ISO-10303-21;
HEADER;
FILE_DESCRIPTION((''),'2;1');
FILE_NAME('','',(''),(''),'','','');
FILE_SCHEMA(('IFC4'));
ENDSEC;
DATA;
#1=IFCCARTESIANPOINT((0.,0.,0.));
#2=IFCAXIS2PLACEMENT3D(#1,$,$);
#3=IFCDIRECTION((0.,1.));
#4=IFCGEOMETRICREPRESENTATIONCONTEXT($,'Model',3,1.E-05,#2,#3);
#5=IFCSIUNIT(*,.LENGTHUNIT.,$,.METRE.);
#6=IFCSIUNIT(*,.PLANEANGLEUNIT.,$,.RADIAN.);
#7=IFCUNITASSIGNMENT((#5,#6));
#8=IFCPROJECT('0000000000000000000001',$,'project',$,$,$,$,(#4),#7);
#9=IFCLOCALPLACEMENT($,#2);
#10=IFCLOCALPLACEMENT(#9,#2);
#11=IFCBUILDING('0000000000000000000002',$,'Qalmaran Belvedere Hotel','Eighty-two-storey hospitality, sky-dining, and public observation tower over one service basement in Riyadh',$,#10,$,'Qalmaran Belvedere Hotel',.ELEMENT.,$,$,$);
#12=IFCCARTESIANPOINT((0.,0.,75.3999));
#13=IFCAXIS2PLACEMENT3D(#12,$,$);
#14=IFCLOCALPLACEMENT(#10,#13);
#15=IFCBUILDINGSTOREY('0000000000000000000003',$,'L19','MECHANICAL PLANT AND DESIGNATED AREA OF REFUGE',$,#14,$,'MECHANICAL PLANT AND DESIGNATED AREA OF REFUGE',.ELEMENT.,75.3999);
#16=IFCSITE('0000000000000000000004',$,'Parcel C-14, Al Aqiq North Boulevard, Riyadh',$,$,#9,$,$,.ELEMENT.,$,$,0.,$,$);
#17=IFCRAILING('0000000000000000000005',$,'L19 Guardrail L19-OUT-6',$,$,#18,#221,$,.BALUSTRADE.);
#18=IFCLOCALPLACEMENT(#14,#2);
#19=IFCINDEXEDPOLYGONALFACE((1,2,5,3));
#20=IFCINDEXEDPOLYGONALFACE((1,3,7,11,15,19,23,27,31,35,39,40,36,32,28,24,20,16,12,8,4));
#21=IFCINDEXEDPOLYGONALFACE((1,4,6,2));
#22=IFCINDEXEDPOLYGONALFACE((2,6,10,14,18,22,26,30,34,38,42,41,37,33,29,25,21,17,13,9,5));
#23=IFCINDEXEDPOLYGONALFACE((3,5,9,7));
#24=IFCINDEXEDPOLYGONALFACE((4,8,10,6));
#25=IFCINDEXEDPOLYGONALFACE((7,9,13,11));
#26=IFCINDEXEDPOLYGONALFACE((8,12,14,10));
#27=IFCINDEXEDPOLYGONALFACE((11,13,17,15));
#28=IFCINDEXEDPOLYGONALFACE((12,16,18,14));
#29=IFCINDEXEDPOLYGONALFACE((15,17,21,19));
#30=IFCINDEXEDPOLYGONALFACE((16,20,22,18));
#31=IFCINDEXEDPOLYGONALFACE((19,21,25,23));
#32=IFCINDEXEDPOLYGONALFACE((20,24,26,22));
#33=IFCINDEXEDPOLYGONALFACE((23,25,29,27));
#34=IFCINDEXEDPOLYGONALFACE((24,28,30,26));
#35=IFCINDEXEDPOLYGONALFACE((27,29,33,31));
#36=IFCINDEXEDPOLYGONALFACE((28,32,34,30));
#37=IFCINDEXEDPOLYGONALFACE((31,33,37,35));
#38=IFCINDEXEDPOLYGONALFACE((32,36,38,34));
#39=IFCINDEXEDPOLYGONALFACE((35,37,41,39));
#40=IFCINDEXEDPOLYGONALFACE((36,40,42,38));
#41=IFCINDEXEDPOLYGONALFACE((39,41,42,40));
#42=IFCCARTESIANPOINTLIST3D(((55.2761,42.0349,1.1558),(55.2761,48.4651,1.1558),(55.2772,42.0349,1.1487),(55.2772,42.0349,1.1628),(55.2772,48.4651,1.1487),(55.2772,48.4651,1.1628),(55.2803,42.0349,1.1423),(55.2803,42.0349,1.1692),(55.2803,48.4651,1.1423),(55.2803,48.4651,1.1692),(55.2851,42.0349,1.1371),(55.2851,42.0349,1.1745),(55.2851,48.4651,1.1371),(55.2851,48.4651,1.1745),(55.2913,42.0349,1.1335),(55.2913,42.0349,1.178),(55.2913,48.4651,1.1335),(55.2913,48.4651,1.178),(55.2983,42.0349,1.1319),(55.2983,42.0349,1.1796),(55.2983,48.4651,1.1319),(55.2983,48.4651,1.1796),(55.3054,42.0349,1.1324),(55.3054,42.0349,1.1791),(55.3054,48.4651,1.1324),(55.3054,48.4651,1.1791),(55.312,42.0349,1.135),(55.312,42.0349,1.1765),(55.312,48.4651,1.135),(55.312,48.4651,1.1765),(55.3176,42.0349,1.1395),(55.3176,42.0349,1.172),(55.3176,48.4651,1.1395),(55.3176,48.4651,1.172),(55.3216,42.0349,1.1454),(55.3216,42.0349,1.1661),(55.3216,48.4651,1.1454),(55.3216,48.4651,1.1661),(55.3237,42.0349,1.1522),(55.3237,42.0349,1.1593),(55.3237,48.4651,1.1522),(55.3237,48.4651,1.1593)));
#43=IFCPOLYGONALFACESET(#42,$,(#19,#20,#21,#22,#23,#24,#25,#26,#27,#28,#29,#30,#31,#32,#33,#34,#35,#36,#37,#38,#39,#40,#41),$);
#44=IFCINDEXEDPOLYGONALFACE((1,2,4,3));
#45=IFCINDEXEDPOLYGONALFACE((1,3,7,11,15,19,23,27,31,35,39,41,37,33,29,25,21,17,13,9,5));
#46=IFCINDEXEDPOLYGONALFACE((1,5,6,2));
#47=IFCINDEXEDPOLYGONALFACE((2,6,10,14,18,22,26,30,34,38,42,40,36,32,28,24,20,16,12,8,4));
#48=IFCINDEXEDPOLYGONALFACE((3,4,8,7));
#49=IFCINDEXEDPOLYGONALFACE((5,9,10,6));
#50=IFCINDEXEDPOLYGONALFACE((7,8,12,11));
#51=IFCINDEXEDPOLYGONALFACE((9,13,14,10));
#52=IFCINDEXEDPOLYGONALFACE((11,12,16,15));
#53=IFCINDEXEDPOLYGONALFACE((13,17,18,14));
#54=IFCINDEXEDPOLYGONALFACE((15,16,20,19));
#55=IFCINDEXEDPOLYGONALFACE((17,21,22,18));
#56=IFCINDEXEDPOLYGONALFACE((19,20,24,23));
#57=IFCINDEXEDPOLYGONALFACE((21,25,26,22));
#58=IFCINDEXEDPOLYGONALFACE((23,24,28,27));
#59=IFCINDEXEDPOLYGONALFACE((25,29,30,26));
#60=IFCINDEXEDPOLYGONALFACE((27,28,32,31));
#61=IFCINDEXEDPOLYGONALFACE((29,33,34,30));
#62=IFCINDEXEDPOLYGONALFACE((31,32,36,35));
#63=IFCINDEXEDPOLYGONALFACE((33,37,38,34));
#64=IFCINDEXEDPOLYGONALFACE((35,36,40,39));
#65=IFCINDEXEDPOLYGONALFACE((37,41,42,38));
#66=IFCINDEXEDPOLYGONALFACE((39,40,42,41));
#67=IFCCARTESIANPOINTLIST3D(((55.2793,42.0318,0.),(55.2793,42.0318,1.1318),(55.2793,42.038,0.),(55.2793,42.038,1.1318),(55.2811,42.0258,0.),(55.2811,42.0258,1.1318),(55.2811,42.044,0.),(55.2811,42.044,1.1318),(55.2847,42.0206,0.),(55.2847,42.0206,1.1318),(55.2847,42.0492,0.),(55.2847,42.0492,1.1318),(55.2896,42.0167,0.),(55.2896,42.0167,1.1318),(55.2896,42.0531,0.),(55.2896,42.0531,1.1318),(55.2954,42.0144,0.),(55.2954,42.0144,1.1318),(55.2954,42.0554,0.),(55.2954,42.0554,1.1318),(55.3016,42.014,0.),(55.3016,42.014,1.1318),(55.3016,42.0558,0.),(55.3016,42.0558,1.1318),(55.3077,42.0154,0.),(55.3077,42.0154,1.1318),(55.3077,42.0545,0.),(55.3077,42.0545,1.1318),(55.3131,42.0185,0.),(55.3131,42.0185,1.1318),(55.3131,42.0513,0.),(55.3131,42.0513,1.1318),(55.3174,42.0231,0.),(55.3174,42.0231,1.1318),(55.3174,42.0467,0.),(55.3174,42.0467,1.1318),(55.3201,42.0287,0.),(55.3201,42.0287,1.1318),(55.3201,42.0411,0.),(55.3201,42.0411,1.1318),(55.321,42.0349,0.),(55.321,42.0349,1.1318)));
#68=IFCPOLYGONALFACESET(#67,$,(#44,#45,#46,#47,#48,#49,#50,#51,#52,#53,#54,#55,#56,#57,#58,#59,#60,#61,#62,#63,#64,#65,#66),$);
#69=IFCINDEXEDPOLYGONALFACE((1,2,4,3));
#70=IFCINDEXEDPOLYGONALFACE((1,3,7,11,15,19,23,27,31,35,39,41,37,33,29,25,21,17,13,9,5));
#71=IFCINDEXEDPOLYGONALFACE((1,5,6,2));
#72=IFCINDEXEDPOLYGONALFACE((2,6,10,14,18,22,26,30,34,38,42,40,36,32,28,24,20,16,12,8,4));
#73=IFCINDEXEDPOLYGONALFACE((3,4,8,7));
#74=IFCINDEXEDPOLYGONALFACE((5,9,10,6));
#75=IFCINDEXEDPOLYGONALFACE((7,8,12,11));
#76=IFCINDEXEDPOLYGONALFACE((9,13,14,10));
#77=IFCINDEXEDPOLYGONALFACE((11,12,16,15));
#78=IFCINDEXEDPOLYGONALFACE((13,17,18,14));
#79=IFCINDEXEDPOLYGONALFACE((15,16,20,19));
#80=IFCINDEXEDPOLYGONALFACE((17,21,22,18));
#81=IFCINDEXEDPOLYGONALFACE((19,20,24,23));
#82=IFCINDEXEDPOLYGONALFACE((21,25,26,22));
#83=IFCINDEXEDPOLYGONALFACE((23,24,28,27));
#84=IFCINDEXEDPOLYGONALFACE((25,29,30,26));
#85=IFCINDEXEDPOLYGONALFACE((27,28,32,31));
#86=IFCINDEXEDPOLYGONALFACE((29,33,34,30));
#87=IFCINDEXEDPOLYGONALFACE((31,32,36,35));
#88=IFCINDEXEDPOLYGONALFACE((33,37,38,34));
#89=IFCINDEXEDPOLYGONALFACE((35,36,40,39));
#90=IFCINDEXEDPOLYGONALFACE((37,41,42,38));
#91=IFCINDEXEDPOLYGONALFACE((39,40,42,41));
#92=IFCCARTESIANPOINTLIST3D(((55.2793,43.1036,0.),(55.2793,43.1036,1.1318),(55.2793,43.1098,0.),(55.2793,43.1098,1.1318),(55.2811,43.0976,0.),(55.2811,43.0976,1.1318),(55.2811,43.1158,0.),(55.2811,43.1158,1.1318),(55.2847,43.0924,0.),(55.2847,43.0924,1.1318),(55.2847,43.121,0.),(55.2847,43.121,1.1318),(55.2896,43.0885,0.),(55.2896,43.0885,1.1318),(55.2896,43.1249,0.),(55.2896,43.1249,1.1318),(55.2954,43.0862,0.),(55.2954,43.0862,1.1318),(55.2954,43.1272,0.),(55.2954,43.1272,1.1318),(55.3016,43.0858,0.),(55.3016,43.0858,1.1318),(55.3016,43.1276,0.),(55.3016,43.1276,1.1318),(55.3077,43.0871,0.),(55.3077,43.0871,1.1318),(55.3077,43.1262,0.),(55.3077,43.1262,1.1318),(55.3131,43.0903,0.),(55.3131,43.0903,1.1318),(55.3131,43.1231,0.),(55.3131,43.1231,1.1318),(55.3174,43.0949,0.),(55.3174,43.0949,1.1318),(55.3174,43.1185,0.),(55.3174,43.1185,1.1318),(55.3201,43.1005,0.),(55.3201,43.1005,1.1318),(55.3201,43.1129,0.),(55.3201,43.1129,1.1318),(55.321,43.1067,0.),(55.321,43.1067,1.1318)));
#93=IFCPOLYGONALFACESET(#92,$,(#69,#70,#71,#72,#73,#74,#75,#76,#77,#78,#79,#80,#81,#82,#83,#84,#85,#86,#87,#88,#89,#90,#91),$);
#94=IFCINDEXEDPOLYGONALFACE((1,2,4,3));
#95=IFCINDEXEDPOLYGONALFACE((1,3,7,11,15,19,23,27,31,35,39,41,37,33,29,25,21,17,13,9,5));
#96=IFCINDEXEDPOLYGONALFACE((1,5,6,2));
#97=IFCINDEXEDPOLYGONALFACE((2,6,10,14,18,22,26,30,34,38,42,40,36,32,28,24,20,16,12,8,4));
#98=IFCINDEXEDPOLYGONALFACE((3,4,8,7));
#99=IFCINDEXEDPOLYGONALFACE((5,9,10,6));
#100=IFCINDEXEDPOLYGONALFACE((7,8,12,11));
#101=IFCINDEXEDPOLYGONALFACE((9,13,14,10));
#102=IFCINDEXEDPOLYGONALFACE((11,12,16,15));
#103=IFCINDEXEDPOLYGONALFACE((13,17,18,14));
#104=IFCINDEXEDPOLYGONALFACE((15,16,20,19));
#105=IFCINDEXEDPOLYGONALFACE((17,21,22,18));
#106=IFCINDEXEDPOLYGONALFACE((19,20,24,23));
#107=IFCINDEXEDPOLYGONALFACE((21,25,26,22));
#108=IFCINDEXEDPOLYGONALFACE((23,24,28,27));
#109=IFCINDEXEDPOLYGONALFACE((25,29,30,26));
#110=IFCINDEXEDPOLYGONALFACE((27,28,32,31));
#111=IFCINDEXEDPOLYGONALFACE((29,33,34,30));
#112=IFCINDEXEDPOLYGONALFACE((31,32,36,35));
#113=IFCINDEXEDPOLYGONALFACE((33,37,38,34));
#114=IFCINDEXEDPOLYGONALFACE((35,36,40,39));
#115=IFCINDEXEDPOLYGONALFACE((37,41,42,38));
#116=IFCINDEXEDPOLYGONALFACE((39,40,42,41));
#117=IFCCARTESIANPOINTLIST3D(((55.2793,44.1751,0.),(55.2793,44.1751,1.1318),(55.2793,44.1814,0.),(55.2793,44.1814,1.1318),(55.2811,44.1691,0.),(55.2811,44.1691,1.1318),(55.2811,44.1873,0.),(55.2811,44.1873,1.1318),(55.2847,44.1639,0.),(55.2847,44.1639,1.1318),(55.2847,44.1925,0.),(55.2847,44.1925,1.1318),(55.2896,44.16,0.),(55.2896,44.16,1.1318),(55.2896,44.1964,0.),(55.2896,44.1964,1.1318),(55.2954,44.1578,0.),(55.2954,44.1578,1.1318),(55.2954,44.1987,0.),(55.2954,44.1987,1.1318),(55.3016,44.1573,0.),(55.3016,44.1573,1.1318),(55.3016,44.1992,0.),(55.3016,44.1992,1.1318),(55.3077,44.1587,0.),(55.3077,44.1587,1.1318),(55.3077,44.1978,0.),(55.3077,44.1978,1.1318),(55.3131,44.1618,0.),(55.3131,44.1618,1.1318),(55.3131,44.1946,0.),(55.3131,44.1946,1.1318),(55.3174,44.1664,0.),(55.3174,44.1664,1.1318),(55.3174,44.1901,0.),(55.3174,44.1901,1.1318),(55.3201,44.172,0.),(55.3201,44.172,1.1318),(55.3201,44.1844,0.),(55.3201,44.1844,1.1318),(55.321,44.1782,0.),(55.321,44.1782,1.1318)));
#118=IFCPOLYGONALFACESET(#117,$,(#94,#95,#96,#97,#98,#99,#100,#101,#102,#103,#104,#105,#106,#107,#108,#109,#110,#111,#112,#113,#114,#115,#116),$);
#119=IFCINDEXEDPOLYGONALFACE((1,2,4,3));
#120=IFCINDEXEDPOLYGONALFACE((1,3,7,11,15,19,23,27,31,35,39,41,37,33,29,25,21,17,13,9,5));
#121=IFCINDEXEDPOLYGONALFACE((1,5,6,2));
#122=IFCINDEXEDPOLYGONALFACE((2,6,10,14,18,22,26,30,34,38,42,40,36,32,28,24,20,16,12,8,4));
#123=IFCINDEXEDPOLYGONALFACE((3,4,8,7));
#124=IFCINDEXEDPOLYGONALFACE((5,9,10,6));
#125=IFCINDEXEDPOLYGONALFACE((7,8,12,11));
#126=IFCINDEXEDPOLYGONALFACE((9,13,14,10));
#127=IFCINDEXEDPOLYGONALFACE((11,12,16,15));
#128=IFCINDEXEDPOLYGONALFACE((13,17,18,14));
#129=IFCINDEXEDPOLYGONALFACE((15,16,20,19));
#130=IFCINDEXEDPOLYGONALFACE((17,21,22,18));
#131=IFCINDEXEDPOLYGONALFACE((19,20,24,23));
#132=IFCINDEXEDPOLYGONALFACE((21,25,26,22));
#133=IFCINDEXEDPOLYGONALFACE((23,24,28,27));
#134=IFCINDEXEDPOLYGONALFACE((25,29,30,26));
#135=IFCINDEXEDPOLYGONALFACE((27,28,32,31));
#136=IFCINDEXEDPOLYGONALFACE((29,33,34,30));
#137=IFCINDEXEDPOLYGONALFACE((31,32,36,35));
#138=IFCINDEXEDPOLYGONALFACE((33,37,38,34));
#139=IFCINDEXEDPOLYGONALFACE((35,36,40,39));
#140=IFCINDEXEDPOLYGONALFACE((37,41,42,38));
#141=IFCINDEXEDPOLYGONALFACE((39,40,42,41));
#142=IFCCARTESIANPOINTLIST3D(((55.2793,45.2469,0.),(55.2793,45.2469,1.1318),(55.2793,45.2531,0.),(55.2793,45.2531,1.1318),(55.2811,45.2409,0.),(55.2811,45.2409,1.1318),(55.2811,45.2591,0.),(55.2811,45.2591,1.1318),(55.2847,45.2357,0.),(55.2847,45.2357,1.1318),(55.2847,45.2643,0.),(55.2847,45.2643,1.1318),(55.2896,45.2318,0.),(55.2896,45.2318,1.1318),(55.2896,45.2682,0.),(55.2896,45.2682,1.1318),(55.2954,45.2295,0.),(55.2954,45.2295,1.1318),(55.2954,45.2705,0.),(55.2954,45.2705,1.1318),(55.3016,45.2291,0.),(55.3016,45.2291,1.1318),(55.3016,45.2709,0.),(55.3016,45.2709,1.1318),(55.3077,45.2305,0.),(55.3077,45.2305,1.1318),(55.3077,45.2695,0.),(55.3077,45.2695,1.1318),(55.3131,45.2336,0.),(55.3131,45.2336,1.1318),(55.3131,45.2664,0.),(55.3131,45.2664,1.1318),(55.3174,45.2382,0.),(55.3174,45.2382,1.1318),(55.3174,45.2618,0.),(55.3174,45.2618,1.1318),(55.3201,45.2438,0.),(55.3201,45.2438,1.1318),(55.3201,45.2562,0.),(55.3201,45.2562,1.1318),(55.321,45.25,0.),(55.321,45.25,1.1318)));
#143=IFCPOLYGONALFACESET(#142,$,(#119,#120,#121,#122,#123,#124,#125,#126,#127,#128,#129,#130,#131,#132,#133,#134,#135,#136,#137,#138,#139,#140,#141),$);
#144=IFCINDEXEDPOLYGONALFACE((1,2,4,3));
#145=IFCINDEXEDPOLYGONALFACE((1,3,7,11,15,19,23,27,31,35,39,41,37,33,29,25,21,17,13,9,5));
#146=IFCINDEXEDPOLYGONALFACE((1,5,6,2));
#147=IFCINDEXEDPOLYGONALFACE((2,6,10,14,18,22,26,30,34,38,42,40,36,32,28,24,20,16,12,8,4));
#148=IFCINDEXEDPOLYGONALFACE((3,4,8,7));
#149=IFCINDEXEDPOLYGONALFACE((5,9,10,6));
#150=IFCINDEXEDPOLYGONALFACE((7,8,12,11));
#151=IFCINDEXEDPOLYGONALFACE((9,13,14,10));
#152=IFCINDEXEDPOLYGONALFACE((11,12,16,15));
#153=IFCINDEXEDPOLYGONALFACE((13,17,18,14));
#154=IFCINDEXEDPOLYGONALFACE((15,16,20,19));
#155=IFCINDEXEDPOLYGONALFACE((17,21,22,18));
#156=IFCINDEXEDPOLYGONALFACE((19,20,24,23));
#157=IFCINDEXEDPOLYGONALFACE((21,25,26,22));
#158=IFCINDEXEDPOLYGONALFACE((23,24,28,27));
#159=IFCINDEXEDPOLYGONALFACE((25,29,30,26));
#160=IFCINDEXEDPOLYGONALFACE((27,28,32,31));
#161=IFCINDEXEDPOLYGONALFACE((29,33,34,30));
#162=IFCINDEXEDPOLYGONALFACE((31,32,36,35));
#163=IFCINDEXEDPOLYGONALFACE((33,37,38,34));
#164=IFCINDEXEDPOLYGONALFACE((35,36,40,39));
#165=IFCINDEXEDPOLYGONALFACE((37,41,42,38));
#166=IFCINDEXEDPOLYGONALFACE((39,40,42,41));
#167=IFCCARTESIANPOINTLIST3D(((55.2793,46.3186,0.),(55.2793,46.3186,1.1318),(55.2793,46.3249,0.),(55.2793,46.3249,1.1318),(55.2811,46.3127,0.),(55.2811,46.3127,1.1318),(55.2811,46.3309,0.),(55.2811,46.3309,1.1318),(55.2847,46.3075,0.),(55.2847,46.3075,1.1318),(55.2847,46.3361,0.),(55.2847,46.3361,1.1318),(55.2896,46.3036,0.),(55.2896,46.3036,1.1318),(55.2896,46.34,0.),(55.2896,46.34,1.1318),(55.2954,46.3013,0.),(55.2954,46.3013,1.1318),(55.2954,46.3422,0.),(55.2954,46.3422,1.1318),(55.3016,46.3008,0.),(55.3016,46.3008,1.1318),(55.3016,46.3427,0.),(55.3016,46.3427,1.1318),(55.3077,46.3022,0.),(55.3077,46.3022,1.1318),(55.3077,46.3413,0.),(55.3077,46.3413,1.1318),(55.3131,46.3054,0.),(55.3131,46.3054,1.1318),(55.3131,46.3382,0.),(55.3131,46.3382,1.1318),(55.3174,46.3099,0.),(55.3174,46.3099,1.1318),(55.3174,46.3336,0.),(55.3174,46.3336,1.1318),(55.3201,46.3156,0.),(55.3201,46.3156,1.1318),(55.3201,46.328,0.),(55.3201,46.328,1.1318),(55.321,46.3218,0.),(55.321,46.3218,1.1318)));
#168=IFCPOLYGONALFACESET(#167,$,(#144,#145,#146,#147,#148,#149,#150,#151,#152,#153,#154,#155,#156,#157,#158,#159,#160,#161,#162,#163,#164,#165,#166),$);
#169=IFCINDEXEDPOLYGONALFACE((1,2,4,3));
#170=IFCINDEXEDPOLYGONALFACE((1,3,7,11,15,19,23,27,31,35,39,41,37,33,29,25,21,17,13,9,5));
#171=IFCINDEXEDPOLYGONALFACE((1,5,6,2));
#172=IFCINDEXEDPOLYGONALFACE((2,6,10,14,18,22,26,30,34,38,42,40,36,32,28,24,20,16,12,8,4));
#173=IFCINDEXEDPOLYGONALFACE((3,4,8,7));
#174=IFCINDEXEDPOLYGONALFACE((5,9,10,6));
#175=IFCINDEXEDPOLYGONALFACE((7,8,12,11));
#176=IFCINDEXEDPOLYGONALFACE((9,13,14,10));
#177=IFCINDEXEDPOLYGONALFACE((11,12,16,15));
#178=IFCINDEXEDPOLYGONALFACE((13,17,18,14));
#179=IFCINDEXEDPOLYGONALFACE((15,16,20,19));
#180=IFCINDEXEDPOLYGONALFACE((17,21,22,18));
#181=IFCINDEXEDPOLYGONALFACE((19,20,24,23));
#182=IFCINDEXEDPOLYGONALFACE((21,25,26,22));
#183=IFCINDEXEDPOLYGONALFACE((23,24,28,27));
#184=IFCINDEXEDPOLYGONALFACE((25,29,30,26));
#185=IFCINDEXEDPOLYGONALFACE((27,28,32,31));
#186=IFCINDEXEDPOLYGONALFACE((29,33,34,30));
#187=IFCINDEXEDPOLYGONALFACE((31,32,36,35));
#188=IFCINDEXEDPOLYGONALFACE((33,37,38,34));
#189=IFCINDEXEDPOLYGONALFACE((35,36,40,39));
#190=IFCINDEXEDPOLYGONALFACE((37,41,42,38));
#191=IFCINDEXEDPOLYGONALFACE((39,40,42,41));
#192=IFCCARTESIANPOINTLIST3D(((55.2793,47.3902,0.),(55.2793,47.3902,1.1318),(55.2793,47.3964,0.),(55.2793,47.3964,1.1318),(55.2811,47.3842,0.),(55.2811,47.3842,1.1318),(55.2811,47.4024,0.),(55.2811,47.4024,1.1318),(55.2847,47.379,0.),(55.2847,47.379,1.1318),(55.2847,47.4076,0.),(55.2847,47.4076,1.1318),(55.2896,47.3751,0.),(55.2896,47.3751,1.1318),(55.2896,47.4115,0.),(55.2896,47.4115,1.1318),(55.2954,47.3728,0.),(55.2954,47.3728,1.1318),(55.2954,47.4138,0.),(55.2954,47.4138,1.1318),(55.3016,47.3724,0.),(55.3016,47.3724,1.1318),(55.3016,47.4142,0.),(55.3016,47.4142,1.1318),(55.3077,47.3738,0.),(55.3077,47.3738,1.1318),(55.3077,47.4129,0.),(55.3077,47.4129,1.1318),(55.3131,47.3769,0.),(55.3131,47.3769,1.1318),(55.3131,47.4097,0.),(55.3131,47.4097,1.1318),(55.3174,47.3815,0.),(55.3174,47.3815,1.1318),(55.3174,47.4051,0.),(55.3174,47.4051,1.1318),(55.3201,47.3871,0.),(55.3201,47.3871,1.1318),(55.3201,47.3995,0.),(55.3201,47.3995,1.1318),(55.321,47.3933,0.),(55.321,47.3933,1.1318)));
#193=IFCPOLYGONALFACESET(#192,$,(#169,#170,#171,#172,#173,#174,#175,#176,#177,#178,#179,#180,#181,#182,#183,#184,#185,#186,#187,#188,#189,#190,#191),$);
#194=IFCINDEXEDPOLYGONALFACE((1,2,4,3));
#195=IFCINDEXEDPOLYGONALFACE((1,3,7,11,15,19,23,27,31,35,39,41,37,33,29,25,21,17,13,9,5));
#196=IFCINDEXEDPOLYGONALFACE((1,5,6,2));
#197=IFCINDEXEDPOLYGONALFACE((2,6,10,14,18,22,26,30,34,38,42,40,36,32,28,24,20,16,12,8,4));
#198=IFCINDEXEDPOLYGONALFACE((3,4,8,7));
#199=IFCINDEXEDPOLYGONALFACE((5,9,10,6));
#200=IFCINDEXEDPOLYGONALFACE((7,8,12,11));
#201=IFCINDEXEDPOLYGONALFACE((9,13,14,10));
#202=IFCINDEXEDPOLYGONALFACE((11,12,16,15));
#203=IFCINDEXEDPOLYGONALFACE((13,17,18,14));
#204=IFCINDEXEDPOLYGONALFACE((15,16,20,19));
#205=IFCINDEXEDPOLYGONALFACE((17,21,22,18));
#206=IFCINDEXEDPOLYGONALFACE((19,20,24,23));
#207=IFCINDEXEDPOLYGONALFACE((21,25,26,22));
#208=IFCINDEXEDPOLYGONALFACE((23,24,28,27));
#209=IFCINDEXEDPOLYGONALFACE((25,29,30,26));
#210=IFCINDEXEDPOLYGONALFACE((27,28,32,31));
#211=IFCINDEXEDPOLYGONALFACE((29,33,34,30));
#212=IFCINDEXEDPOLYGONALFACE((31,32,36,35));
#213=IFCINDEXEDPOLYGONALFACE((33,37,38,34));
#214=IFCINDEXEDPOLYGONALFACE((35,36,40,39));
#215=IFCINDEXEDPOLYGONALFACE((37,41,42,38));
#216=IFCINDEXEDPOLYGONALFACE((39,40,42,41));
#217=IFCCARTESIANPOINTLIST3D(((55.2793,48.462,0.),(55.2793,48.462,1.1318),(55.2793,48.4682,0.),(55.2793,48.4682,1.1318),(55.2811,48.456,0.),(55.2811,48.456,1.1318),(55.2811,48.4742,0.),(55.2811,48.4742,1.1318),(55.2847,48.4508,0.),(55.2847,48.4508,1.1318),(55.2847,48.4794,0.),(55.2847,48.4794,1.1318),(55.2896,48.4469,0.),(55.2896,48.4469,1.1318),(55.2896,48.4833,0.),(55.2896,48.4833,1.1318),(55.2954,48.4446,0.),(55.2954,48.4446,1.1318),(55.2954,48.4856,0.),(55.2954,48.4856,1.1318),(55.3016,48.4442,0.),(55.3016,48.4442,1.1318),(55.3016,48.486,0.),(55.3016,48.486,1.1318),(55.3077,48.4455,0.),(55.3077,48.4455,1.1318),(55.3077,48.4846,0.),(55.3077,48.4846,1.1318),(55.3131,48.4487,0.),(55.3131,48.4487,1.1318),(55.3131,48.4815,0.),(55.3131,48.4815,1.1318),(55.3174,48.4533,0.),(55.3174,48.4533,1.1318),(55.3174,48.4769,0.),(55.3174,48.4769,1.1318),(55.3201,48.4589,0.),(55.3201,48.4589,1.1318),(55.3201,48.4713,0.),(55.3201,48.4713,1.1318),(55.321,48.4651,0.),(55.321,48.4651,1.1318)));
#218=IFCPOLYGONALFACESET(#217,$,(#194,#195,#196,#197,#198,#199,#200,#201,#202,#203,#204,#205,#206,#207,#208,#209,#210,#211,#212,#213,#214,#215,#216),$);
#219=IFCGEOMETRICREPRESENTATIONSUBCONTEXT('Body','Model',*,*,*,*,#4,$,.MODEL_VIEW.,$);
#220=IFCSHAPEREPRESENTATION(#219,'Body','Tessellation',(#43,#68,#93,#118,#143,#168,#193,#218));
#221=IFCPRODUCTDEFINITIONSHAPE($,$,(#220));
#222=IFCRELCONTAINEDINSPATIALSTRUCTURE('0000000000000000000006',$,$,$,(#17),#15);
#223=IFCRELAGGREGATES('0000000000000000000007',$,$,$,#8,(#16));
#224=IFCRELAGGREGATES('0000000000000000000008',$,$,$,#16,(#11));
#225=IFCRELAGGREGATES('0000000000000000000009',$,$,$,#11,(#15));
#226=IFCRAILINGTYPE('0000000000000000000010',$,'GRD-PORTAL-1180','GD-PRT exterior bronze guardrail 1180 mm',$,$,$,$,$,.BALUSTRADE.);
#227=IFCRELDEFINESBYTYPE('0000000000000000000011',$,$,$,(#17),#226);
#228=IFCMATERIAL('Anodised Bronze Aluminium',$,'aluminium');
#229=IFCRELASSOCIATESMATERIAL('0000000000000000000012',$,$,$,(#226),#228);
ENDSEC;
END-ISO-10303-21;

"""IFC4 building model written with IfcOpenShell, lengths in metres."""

from ifc_helpers import new_model, si_unit, direction, frame, origin, origin_2d, place, context, subcontext, project, spatial, circle, extrude, material, type_object, element, save


model = new_model("IFC4")

# Units and contexts
model_context = context("Model", 3, precision=1e-05, world=origin(), true_north=direction((0.0, 1.0)))
body_context = subcontext(model_context, "Body", "Model", "MODEL_VIEW")
ifc_project = project(units=[si_unit("LENGTHUNIT", "METRE"), si_unit("PLANEANGLEUNIT", "RADIAN")], contexts=[model_context])

# Site, building, storey
site_placement = place(None, origin())
site = spatial("IfcSite", under=ifc_project, at=site_placement, Name="Parcel C-14, Al Aqiq North Boulevard, Riyadh", CompositionType="ELEMENT", RefElevation=0.0)
building_placement = place(site_placement, origin())
building = spatial("IfcBuilding", under=site, at=building_placement, Name="Qalmaran Belvedere Hotel", Description="Eighty-two-storey hospitality, sky-dining, and public observation tower over one service basement in Riyadh", LongName="Qalmaran Belvedere Hotel", CompositionType="ELEMENT")
storey_placement = place(building_placement, frame((0.0, 0.0, 75.3999)))
storey = spatial("IfcBuildingStorey", under=building, at=storey_placement, Name="L19", Description="MECHANICAL PLANT AND DESIGNATED AREA OF REFUGE", LongName="MECHANICAL PLANT AND DESIGNATED AREA OF REFUGE", CompositionType="ELEMENT", Elevation=75.3999)

# Railing
ifc_material_1 = material(Name="Anodised Bronze Aluminium", Category="aluminium")
railing_type = type_object("IfcRailingType", Name="GRD-PORTAL-1180", Description="GD-PRT exterior bronze guardrail 1180 mm", PredefinedType="BALUSTRADE", material=ifc_material_1)
railing_1_placement = place(storey_placement, frame((55.3, 42.0349, 0.0)))
element("IfcRailing", 1, at=railing_1_placement, inside=storey, type_object=railing_type, Name="L19 Guardrail L19-OUT-6", PredefinedType="BALUSTRADE", context=body_context, shape_type="SweptSolid", body=[
    extrude(circle(Radius=0.0239, at=origin_2d()), frame((0.0, 0.0, 1.1558), z_axis=(0.0, 1.0, 0.0), x_axis=(-1.0, 0.0, 0.0)), (0.0, 0.0, 1.0), 6.4302),
    extrude(circle(Radius=0.021, at=origin_2d()), origin(), (0.0, 0.0, 1.0), 1.1318),
    extrude(circle(Radius=0.021, at=origin_2d()), frame((0.0, 1.0718, 0.0)), (0.0, 0.0, 1.0), 1.1318),
    extrude(circle(Radius=0.021, at=origin_2d()), frame((0.0, 2.1433, 0.0)), (0.0, 0.0, 1.0), 1.1318),
    extrude(circle(Radius=0.021, at=origin_2d()), frame((0.0, 3.2151, 0.0)), (0.0, 0.0, 1.0), 1.1318),
    extrude(circle(Radius=0.021, at=origin_2d()), frame((0.0, 4.2869, 0.0)), (0.0, 0.0, 1.0), 1.1318),
    extrude(circle(Radius=0.021, at=origin_2d()), frame((0.0, 5.3584, 0.0)), (0.0, 0.0, 1.0), 1.1318),
    extrude(circle(Radius=0.021, at=origin_2d()), frame((0.0, 6.4302, 0.0)), (0.0, 0.0, 1.0), 1.1318),
])

save(model, "model.ifc")
